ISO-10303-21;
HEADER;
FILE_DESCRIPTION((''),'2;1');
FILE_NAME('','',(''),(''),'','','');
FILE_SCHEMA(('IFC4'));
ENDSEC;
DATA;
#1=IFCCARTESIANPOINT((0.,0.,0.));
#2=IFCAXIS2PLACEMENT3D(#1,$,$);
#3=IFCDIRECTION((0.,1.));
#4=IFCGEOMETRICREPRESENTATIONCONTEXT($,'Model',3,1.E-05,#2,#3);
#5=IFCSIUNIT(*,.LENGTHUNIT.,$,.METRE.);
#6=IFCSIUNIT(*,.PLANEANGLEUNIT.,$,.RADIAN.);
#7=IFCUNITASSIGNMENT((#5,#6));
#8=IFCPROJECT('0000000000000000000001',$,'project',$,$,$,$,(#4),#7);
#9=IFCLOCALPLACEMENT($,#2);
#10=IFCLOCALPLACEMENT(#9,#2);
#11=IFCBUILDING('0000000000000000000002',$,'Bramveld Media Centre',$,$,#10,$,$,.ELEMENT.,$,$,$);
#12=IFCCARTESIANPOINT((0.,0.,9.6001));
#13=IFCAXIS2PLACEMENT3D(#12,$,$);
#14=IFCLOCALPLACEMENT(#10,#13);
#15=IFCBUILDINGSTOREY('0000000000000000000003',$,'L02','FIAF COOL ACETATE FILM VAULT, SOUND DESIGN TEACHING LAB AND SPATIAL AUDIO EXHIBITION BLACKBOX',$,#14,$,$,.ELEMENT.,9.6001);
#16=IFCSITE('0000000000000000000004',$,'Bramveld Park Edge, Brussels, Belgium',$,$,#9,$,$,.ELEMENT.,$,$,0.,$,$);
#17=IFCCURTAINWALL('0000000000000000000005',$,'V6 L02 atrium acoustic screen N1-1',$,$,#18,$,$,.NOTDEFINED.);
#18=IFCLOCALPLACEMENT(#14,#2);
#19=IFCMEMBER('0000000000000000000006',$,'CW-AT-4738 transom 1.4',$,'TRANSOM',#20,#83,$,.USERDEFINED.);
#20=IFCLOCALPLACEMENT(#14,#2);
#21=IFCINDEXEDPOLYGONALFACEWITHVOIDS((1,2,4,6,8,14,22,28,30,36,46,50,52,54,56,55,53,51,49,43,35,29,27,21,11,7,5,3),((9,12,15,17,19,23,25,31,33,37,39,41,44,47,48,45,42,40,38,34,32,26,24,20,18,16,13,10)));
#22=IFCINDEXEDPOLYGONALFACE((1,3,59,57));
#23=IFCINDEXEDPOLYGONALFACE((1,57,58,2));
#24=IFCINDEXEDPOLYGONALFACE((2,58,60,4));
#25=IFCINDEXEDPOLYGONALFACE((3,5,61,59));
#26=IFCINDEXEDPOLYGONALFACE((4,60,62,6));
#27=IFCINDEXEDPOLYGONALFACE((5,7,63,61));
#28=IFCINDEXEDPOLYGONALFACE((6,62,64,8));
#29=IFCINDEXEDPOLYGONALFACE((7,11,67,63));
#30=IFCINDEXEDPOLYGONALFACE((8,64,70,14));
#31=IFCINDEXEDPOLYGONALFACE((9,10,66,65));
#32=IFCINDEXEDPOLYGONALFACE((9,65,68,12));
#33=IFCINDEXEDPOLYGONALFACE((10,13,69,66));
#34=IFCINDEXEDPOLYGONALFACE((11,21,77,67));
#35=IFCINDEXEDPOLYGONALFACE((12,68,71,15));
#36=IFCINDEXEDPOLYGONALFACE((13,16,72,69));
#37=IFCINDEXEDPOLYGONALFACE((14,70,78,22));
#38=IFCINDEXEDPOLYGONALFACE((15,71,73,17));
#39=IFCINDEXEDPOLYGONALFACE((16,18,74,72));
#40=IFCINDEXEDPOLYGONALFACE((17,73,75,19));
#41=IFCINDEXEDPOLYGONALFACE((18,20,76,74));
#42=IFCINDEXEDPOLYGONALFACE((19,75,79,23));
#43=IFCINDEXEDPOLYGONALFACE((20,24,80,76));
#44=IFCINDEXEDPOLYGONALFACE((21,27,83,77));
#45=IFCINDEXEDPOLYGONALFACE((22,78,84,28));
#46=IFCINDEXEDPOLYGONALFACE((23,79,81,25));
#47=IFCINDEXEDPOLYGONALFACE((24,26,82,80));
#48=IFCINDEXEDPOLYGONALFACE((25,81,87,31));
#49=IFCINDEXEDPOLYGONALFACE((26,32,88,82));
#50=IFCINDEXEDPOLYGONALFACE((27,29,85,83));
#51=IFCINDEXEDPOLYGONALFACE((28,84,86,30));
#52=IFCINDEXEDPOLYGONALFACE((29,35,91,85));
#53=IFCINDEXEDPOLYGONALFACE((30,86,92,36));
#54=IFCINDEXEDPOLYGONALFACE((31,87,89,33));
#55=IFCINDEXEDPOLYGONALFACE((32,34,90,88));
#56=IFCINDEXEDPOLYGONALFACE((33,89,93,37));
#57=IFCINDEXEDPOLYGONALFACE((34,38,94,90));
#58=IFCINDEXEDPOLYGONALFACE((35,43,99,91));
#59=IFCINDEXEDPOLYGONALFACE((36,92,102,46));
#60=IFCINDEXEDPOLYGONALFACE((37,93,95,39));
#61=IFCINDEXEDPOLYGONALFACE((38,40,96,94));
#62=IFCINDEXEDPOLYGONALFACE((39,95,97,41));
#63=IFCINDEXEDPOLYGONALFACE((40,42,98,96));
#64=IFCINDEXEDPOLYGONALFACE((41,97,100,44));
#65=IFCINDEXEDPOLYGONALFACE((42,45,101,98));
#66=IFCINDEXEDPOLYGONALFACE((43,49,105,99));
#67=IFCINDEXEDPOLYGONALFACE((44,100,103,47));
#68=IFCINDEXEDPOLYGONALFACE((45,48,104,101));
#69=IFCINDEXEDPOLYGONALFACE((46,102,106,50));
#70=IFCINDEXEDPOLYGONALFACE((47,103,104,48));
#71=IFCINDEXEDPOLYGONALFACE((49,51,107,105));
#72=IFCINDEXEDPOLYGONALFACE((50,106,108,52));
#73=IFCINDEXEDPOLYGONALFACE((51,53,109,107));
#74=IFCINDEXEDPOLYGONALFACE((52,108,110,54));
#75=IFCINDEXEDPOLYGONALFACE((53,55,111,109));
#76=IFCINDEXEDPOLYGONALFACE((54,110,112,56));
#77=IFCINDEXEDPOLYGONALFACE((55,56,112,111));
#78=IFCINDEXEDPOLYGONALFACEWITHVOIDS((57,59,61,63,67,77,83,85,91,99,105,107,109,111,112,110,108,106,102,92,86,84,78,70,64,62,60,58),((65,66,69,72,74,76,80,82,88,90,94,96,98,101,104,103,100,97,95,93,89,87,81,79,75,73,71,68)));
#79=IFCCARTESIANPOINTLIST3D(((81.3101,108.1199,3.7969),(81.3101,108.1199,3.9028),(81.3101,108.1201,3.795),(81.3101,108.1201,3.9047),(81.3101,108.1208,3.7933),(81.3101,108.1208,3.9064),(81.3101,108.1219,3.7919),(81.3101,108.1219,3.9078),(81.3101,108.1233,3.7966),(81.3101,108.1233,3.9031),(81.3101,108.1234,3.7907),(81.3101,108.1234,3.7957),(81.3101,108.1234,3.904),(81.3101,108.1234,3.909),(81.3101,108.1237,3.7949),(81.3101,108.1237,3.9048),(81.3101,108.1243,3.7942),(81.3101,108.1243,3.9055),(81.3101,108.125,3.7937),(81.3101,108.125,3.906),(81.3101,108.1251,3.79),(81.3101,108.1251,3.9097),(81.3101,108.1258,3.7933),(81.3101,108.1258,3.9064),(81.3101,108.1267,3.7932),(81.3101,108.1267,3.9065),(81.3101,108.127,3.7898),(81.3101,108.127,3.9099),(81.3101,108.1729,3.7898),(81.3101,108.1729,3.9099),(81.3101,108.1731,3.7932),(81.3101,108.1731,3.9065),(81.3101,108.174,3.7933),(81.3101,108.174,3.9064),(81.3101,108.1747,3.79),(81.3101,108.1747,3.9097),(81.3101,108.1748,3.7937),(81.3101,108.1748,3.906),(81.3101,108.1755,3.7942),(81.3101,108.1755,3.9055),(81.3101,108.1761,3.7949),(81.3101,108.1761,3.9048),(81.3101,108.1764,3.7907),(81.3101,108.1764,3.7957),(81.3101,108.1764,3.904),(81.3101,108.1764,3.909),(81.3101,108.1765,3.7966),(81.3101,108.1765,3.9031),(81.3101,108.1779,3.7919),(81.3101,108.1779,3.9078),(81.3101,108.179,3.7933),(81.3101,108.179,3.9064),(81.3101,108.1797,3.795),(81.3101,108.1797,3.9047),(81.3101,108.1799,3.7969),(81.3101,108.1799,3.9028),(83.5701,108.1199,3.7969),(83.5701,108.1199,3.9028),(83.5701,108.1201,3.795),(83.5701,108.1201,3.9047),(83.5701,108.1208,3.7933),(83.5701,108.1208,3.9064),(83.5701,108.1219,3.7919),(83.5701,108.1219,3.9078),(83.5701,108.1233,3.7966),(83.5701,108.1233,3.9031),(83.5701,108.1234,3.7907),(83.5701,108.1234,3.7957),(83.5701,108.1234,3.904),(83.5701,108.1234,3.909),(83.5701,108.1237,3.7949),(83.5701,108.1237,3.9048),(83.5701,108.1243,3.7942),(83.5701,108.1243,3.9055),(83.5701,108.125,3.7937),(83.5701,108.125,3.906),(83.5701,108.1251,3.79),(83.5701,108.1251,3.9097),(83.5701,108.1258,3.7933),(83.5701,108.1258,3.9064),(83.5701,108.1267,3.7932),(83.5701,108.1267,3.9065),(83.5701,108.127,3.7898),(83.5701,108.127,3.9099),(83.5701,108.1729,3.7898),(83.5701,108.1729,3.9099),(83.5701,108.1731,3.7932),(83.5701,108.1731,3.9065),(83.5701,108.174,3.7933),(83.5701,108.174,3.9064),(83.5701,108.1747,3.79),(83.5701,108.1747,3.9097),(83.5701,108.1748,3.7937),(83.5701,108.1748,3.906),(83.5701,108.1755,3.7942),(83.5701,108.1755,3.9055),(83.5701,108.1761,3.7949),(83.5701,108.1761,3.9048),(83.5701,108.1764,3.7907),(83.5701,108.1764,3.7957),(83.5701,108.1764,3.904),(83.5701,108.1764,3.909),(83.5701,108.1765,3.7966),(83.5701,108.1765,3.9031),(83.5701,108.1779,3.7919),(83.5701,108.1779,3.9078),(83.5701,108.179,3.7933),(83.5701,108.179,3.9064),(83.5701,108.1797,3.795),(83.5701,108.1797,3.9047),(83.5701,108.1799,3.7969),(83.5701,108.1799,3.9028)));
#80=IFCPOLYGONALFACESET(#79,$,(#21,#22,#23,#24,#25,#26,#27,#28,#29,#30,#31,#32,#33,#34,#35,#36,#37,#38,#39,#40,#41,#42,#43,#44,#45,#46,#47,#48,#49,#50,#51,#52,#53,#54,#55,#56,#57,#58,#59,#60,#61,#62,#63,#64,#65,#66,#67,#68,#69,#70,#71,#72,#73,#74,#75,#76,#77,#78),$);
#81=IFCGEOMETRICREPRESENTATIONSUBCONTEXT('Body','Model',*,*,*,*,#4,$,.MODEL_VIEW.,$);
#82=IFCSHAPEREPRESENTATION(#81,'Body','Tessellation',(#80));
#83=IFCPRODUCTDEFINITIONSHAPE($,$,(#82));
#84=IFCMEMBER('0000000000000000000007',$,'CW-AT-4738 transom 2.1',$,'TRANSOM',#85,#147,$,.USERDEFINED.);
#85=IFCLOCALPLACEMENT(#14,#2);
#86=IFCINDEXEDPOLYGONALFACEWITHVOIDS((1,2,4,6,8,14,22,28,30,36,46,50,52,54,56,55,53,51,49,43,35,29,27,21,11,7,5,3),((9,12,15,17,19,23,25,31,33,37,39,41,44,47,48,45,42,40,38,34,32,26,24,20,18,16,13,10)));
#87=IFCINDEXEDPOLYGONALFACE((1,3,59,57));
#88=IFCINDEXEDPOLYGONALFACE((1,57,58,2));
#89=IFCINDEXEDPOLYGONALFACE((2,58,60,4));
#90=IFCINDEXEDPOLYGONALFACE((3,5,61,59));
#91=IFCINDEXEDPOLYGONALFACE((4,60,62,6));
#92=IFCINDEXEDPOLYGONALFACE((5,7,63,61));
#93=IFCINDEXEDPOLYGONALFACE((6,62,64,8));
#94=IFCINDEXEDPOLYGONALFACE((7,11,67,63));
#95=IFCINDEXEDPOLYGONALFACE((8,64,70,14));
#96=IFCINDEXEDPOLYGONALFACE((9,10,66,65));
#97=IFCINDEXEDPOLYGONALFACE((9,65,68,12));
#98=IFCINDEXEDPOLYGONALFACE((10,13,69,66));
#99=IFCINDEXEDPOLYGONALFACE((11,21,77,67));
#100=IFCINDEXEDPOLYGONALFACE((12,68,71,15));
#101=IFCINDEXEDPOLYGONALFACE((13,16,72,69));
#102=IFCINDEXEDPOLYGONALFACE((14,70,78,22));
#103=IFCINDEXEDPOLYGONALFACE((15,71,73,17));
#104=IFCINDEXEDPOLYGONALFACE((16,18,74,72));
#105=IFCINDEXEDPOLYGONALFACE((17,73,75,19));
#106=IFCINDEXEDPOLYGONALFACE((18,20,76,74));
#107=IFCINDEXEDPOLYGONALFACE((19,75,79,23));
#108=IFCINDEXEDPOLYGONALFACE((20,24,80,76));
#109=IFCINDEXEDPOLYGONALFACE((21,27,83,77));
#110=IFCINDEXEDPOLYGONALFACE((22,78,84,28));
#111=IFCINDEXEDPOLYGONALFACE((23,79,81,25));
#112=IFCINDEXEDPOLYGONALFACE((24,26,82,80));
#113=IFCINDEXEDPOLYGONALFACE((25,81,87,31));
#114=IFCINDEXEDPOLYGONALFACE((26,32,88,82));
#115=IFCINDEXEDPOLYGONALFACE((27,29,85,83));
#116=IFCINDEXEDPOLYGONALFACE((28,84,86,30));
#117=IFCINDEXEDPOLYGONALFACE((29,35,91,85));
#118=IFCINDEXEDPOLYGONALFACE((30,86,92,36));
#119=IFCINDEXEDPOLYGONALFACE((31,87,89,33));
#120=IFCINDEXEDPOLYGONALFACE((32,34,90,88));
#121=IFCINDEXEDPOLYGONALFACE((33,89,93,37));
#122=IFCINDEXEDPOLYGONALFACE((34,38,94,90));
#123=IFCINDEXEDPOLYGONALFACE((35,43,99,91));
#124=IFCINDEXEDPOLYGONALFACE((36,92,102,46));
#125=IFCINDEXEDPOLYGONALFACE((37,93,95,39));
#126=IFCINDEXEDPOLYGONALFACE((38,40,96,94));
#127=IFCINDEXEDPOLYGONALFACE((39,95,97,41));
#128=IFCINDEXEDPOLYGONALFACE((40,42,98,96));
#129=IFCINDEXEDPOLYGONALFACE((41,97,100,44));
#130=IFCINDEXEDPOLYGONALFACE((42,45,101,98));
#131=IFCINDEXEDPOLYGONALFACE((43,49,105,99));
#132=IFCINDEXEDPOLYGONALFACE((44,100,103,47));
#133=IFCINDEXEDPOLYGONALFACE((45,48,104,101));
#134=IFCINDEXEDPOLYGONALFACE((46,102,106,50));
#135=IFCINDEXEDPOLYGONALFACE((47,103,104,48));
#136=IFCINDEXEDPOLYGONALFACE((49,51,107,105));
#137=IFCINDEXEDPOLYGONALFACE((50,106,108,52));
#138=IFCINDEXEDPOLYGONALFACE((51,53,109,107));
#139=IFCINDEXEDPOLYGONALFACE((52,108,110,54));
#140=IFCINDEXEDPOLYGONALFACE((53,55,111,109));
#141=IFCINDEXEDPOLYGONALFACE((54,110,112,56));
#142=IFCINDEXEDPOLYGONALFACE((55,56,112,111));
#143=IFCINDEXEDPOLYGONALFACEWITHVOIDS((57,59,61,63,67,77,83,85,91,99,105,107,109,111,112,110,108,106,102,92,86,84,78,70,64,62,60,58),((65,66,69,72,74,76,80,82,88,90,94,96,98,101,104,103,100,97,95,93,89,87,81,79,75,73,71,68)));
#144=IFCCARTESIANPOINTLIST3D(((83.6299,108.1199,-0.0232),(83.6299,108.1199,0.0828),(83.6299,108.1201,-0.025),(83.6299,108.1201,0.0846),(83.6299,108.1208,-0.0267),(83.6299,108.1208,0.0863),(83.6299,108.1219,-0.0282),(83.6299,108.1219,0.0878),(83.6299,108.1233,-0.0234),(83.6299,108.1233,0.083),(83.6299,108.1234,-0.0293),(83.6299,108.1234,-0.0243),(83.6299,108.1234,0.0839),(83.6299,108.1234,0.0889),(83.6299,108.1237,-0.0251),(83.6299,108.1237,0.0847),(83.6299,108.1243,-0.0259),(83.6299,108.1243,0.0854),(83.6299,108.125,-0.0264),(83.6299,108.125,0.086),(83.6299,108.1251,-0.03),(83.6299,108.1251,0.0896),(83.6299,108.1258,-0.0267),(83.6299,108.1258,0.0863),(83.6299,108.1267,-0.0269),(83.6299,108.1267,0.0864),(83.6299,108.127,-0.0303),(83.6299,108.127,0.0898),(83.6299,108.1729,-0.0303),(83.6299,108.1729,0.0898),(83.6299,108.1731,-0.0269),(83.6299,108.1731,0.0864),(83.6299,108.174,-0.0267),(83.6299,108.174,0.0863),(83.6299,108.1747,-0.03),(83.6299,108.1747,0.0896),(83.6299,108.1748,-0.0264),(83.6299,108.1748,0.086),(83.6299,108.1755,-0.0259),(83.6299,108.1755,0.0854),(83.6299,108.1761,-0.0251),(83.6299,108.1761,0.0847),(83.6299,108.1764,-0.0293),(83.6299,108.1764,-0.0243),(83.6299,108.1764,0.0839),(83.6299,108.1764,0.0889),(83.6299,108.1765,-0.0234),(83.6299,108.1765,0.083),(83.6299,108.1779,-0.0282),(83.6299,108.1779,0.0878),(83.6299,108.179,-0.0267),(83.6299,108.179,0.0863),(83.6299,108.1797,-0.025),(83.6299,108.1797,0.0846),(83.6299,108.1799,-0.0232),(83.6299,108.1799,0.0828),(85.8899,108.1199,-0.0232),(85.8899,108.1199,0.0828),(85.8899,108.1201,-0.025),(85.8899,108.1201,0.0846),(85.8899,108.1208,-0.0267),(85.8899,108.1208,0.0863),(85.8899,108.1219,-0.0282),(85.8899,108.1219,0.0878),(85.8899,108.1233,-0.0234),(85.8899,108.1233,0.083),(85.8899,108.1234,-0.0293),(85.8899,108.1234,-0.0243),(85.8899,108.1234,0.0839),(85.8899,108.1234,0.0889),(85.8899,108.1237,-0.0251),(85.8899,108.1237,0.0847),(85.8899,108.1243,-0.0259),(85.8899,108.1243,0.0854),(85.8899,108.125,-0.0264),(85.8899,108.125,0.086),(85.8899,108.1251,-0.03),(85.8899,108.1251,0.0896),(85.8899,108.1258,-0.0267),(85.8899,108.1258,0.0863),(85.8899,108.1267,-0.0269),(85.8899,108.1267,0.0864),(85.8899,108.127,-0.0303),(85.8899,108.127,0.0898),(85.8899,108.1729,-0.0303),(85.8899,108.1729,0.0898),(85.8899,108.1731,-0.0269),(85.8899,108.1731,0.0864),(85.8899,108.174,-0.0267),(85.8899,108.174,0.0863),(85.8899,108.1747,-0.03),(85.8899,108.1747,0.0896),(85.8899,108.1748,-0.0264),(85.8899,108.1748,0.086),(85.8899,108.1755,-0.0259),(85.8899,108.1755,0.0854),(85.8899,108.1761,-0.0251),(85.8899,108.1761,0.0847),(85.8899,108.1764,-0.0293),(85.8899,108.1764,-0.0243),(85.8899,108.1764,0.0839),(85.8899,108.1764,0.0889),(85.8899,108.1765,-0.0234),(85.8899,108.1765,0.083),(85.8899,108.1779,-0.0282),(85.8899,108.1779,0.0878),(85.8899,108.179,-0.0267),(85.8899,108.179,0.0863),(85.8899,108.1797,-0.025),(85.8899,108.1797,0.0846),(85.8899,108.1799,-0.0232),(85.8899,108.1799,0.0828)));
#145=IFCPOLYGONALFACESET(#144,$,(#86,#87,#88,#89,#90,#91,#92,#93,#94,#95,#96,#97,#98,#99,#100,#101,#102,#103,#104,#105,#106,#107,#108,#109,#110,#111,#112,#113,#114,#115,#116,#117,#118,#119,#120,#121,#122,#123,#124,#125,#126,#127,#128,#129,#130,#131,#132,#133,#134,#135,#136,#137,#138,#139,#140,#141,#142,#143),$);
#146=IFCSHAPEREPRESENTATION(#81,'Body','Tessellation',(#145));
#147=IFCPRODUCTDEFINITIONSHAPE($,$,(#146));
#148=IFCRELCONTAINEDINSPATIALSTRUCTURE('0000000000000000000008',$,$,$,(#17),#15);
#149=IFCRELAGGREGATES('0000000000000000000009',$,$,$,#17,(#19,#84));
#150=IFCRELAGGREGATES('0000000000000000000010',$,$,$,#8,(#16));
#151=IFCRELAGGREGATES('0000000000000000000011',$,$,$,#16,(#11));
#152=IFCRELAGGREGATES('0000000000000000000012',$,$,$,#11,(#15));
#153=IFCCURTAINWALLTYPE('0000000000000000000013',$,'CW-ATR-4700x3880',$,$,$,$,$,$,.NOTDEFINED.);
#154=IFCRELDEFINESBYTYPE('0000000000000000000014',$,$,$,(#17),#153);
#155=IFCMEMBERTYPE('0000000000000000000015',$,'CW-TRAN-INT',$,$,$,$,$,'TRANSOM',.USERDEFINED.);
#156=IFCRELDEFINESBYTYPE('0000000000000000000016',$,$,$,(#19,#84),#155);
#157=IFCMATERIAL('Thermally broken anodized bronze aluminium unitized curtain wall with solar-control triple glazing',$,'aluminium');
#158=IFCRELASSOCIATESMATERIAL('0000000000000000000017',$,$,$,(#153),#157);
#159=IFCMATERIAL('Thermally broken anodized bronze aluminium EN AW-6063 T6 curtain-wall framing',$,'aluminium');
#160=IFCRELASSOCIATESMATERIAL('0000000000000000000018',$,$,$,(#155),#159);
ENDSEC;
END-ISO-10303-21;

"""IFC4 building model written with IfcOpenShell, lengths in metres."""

from ifc_helpers import new_model, si_unit, direction, frame, origin, origin_2d, place, context, subcontext, project, spatial, hollow_rectangle, extrude, material, material_profile, profile_set, type_object, element, aggregate, save


model = new_model("IFC4")

# Units and contexts
model_context = context("Model", 3, precision=1e-05, world=origin(), true_north=direction((0.0, 1.0)))
body_context = subcontext(model_context, "Body", "Model", "MODEL_VIEW")
ifc_project = project(units=[si_unit("LENGTHUNIT", "METRE"), si_unit("PLANEANGLEUNIT", "RADIAN")], contexts=[model_context])

# Site, building, storey
site_placement = place(None, origin())
site = spatial("IfcSite", under=ifc_project, at=site_placement, Name="Bramveld Park Edge, Brussels, Belgium", CompositionType="ELEMENT", RefElevation=0.0)
building_placement = place(site_placement, origin())
building = spatial("IfcBuilding", under=site, at=building_placement, Name="Bramveld Media Centre", CompositionType="ELEMENT")
storey_placement = place(building_placement, frame((0.0, 0.0, 9.6001)))
storey = spatial("IfcBuildingStorey", under=building, at=storey_placement, Name="L02", Description="FIAF COOL ACETATE FILM VAULT, SOUND DESIGN TEACHING LAB AND SPATIAL AUDIO EXHIBITION BLACKBOX", CompositionType="ELEMENT", Elevation=9.6001)

# Curtain wall
ifc_material_1 = material(Name="Thermally broken anodized bronze aluminium unitized curtain wall with solar-control triple glazing", Category="aluminium")
curtain_wall_type_1 = type_object("IfcCurtainWallType", Name="CW-ATR-4700x3880", PredefinedType="NOTDEFINED", material=ifc_material_1)
curtain_wall_1_placement = place(storey_placement, origin())
curtain_wall_1 = element("IfcCurtainWall", 1, at=curtain_wall_1_placement, inside=storey, type_object=curtain_wall_type_1, Name="V6 L02 atrium acoustic screen N1-1", PredefinedType="NOTDEFINED")

# Members
ifc_material_2 = material(Name="Thermally broken anodized bronze aluminium EN AW-6063 T6 curtain-wall framing", Category="aluminium")
ifc_material_profile_1 = material_profile(ifc_material_2, hollow_rectangle(XDim=0.0601, YDim=0.1201, WallThickness=0.0034, InnerFilletRadius=0.0034, OuterFilletRadius=0.0071, at=origin_2d()), Name="AL-TRAN 60x120")
ifc_profile_set_1 = profile_set([ifc_material_profile_1], Name="Thermally broken anodized bronze aluminium EN AW-6063 T6 curtain-wall framing")
member_type_1 = type_object("IfcMemberType", Name="CW-TRAN-INT", ElementType="TRANSOM", PredefinedType="USERDEFINED", material=ifc_profile_set_1)
member_1_placement = place(storey_placement, frame((81.3101, 108.1499, 3.8499), z_axis=(1.0, 0.0, 0.0), x_axis=(0.0, 1.0, 0.0)))
member_1 = element("IfcMember", 2, at=member_1_placement, type_object=member_type_1, Name="CW-AT-4738 transom 1.4", ObjectType="TRANSOM", PredefinedType="USERDEFINED", context=body_context, shape_type="SweptSolid", body=[
    extrude(hollow_rectangle(XDim=0.0601, YDim=0.1201, WallThickness=0.0034, InnerFilletRadius=0.0034, OuterFilletRadius=0.0071, at=origin_2d()), origin(), (0.0, 0.0, 1.0), 2.26),
])
member_2_placement = place(storey_placement, frame((83.6299, 108.1499, 0.0298), z_axis=(1.0, 0.0, 0.0), x_axis=(0.0, 1.0, 0.0)))
member_2 = element("IfcMember", 3, at=member_2_placement, type_object=member_type_1, Name="CW-AT-4738 transom 2.1", ObjectType="TRANSOM", PredefinedType="USERDEFINED", context=body_context, shape_type="SweptSolid", body=[
    extrude(hollow_rectangle(XDim=0.0601, YDim=0.1201, WallThickness=0.0034, InnerFilletRadius=0.0034, OuterFilletRadius=0.0071, at=origin_2d()), origin(), (0.0, 0.0, 1.0), 2.26),
])

aggregate(curtain_wall_1, [member_1, member_2])

save(model, "model.ifc")
